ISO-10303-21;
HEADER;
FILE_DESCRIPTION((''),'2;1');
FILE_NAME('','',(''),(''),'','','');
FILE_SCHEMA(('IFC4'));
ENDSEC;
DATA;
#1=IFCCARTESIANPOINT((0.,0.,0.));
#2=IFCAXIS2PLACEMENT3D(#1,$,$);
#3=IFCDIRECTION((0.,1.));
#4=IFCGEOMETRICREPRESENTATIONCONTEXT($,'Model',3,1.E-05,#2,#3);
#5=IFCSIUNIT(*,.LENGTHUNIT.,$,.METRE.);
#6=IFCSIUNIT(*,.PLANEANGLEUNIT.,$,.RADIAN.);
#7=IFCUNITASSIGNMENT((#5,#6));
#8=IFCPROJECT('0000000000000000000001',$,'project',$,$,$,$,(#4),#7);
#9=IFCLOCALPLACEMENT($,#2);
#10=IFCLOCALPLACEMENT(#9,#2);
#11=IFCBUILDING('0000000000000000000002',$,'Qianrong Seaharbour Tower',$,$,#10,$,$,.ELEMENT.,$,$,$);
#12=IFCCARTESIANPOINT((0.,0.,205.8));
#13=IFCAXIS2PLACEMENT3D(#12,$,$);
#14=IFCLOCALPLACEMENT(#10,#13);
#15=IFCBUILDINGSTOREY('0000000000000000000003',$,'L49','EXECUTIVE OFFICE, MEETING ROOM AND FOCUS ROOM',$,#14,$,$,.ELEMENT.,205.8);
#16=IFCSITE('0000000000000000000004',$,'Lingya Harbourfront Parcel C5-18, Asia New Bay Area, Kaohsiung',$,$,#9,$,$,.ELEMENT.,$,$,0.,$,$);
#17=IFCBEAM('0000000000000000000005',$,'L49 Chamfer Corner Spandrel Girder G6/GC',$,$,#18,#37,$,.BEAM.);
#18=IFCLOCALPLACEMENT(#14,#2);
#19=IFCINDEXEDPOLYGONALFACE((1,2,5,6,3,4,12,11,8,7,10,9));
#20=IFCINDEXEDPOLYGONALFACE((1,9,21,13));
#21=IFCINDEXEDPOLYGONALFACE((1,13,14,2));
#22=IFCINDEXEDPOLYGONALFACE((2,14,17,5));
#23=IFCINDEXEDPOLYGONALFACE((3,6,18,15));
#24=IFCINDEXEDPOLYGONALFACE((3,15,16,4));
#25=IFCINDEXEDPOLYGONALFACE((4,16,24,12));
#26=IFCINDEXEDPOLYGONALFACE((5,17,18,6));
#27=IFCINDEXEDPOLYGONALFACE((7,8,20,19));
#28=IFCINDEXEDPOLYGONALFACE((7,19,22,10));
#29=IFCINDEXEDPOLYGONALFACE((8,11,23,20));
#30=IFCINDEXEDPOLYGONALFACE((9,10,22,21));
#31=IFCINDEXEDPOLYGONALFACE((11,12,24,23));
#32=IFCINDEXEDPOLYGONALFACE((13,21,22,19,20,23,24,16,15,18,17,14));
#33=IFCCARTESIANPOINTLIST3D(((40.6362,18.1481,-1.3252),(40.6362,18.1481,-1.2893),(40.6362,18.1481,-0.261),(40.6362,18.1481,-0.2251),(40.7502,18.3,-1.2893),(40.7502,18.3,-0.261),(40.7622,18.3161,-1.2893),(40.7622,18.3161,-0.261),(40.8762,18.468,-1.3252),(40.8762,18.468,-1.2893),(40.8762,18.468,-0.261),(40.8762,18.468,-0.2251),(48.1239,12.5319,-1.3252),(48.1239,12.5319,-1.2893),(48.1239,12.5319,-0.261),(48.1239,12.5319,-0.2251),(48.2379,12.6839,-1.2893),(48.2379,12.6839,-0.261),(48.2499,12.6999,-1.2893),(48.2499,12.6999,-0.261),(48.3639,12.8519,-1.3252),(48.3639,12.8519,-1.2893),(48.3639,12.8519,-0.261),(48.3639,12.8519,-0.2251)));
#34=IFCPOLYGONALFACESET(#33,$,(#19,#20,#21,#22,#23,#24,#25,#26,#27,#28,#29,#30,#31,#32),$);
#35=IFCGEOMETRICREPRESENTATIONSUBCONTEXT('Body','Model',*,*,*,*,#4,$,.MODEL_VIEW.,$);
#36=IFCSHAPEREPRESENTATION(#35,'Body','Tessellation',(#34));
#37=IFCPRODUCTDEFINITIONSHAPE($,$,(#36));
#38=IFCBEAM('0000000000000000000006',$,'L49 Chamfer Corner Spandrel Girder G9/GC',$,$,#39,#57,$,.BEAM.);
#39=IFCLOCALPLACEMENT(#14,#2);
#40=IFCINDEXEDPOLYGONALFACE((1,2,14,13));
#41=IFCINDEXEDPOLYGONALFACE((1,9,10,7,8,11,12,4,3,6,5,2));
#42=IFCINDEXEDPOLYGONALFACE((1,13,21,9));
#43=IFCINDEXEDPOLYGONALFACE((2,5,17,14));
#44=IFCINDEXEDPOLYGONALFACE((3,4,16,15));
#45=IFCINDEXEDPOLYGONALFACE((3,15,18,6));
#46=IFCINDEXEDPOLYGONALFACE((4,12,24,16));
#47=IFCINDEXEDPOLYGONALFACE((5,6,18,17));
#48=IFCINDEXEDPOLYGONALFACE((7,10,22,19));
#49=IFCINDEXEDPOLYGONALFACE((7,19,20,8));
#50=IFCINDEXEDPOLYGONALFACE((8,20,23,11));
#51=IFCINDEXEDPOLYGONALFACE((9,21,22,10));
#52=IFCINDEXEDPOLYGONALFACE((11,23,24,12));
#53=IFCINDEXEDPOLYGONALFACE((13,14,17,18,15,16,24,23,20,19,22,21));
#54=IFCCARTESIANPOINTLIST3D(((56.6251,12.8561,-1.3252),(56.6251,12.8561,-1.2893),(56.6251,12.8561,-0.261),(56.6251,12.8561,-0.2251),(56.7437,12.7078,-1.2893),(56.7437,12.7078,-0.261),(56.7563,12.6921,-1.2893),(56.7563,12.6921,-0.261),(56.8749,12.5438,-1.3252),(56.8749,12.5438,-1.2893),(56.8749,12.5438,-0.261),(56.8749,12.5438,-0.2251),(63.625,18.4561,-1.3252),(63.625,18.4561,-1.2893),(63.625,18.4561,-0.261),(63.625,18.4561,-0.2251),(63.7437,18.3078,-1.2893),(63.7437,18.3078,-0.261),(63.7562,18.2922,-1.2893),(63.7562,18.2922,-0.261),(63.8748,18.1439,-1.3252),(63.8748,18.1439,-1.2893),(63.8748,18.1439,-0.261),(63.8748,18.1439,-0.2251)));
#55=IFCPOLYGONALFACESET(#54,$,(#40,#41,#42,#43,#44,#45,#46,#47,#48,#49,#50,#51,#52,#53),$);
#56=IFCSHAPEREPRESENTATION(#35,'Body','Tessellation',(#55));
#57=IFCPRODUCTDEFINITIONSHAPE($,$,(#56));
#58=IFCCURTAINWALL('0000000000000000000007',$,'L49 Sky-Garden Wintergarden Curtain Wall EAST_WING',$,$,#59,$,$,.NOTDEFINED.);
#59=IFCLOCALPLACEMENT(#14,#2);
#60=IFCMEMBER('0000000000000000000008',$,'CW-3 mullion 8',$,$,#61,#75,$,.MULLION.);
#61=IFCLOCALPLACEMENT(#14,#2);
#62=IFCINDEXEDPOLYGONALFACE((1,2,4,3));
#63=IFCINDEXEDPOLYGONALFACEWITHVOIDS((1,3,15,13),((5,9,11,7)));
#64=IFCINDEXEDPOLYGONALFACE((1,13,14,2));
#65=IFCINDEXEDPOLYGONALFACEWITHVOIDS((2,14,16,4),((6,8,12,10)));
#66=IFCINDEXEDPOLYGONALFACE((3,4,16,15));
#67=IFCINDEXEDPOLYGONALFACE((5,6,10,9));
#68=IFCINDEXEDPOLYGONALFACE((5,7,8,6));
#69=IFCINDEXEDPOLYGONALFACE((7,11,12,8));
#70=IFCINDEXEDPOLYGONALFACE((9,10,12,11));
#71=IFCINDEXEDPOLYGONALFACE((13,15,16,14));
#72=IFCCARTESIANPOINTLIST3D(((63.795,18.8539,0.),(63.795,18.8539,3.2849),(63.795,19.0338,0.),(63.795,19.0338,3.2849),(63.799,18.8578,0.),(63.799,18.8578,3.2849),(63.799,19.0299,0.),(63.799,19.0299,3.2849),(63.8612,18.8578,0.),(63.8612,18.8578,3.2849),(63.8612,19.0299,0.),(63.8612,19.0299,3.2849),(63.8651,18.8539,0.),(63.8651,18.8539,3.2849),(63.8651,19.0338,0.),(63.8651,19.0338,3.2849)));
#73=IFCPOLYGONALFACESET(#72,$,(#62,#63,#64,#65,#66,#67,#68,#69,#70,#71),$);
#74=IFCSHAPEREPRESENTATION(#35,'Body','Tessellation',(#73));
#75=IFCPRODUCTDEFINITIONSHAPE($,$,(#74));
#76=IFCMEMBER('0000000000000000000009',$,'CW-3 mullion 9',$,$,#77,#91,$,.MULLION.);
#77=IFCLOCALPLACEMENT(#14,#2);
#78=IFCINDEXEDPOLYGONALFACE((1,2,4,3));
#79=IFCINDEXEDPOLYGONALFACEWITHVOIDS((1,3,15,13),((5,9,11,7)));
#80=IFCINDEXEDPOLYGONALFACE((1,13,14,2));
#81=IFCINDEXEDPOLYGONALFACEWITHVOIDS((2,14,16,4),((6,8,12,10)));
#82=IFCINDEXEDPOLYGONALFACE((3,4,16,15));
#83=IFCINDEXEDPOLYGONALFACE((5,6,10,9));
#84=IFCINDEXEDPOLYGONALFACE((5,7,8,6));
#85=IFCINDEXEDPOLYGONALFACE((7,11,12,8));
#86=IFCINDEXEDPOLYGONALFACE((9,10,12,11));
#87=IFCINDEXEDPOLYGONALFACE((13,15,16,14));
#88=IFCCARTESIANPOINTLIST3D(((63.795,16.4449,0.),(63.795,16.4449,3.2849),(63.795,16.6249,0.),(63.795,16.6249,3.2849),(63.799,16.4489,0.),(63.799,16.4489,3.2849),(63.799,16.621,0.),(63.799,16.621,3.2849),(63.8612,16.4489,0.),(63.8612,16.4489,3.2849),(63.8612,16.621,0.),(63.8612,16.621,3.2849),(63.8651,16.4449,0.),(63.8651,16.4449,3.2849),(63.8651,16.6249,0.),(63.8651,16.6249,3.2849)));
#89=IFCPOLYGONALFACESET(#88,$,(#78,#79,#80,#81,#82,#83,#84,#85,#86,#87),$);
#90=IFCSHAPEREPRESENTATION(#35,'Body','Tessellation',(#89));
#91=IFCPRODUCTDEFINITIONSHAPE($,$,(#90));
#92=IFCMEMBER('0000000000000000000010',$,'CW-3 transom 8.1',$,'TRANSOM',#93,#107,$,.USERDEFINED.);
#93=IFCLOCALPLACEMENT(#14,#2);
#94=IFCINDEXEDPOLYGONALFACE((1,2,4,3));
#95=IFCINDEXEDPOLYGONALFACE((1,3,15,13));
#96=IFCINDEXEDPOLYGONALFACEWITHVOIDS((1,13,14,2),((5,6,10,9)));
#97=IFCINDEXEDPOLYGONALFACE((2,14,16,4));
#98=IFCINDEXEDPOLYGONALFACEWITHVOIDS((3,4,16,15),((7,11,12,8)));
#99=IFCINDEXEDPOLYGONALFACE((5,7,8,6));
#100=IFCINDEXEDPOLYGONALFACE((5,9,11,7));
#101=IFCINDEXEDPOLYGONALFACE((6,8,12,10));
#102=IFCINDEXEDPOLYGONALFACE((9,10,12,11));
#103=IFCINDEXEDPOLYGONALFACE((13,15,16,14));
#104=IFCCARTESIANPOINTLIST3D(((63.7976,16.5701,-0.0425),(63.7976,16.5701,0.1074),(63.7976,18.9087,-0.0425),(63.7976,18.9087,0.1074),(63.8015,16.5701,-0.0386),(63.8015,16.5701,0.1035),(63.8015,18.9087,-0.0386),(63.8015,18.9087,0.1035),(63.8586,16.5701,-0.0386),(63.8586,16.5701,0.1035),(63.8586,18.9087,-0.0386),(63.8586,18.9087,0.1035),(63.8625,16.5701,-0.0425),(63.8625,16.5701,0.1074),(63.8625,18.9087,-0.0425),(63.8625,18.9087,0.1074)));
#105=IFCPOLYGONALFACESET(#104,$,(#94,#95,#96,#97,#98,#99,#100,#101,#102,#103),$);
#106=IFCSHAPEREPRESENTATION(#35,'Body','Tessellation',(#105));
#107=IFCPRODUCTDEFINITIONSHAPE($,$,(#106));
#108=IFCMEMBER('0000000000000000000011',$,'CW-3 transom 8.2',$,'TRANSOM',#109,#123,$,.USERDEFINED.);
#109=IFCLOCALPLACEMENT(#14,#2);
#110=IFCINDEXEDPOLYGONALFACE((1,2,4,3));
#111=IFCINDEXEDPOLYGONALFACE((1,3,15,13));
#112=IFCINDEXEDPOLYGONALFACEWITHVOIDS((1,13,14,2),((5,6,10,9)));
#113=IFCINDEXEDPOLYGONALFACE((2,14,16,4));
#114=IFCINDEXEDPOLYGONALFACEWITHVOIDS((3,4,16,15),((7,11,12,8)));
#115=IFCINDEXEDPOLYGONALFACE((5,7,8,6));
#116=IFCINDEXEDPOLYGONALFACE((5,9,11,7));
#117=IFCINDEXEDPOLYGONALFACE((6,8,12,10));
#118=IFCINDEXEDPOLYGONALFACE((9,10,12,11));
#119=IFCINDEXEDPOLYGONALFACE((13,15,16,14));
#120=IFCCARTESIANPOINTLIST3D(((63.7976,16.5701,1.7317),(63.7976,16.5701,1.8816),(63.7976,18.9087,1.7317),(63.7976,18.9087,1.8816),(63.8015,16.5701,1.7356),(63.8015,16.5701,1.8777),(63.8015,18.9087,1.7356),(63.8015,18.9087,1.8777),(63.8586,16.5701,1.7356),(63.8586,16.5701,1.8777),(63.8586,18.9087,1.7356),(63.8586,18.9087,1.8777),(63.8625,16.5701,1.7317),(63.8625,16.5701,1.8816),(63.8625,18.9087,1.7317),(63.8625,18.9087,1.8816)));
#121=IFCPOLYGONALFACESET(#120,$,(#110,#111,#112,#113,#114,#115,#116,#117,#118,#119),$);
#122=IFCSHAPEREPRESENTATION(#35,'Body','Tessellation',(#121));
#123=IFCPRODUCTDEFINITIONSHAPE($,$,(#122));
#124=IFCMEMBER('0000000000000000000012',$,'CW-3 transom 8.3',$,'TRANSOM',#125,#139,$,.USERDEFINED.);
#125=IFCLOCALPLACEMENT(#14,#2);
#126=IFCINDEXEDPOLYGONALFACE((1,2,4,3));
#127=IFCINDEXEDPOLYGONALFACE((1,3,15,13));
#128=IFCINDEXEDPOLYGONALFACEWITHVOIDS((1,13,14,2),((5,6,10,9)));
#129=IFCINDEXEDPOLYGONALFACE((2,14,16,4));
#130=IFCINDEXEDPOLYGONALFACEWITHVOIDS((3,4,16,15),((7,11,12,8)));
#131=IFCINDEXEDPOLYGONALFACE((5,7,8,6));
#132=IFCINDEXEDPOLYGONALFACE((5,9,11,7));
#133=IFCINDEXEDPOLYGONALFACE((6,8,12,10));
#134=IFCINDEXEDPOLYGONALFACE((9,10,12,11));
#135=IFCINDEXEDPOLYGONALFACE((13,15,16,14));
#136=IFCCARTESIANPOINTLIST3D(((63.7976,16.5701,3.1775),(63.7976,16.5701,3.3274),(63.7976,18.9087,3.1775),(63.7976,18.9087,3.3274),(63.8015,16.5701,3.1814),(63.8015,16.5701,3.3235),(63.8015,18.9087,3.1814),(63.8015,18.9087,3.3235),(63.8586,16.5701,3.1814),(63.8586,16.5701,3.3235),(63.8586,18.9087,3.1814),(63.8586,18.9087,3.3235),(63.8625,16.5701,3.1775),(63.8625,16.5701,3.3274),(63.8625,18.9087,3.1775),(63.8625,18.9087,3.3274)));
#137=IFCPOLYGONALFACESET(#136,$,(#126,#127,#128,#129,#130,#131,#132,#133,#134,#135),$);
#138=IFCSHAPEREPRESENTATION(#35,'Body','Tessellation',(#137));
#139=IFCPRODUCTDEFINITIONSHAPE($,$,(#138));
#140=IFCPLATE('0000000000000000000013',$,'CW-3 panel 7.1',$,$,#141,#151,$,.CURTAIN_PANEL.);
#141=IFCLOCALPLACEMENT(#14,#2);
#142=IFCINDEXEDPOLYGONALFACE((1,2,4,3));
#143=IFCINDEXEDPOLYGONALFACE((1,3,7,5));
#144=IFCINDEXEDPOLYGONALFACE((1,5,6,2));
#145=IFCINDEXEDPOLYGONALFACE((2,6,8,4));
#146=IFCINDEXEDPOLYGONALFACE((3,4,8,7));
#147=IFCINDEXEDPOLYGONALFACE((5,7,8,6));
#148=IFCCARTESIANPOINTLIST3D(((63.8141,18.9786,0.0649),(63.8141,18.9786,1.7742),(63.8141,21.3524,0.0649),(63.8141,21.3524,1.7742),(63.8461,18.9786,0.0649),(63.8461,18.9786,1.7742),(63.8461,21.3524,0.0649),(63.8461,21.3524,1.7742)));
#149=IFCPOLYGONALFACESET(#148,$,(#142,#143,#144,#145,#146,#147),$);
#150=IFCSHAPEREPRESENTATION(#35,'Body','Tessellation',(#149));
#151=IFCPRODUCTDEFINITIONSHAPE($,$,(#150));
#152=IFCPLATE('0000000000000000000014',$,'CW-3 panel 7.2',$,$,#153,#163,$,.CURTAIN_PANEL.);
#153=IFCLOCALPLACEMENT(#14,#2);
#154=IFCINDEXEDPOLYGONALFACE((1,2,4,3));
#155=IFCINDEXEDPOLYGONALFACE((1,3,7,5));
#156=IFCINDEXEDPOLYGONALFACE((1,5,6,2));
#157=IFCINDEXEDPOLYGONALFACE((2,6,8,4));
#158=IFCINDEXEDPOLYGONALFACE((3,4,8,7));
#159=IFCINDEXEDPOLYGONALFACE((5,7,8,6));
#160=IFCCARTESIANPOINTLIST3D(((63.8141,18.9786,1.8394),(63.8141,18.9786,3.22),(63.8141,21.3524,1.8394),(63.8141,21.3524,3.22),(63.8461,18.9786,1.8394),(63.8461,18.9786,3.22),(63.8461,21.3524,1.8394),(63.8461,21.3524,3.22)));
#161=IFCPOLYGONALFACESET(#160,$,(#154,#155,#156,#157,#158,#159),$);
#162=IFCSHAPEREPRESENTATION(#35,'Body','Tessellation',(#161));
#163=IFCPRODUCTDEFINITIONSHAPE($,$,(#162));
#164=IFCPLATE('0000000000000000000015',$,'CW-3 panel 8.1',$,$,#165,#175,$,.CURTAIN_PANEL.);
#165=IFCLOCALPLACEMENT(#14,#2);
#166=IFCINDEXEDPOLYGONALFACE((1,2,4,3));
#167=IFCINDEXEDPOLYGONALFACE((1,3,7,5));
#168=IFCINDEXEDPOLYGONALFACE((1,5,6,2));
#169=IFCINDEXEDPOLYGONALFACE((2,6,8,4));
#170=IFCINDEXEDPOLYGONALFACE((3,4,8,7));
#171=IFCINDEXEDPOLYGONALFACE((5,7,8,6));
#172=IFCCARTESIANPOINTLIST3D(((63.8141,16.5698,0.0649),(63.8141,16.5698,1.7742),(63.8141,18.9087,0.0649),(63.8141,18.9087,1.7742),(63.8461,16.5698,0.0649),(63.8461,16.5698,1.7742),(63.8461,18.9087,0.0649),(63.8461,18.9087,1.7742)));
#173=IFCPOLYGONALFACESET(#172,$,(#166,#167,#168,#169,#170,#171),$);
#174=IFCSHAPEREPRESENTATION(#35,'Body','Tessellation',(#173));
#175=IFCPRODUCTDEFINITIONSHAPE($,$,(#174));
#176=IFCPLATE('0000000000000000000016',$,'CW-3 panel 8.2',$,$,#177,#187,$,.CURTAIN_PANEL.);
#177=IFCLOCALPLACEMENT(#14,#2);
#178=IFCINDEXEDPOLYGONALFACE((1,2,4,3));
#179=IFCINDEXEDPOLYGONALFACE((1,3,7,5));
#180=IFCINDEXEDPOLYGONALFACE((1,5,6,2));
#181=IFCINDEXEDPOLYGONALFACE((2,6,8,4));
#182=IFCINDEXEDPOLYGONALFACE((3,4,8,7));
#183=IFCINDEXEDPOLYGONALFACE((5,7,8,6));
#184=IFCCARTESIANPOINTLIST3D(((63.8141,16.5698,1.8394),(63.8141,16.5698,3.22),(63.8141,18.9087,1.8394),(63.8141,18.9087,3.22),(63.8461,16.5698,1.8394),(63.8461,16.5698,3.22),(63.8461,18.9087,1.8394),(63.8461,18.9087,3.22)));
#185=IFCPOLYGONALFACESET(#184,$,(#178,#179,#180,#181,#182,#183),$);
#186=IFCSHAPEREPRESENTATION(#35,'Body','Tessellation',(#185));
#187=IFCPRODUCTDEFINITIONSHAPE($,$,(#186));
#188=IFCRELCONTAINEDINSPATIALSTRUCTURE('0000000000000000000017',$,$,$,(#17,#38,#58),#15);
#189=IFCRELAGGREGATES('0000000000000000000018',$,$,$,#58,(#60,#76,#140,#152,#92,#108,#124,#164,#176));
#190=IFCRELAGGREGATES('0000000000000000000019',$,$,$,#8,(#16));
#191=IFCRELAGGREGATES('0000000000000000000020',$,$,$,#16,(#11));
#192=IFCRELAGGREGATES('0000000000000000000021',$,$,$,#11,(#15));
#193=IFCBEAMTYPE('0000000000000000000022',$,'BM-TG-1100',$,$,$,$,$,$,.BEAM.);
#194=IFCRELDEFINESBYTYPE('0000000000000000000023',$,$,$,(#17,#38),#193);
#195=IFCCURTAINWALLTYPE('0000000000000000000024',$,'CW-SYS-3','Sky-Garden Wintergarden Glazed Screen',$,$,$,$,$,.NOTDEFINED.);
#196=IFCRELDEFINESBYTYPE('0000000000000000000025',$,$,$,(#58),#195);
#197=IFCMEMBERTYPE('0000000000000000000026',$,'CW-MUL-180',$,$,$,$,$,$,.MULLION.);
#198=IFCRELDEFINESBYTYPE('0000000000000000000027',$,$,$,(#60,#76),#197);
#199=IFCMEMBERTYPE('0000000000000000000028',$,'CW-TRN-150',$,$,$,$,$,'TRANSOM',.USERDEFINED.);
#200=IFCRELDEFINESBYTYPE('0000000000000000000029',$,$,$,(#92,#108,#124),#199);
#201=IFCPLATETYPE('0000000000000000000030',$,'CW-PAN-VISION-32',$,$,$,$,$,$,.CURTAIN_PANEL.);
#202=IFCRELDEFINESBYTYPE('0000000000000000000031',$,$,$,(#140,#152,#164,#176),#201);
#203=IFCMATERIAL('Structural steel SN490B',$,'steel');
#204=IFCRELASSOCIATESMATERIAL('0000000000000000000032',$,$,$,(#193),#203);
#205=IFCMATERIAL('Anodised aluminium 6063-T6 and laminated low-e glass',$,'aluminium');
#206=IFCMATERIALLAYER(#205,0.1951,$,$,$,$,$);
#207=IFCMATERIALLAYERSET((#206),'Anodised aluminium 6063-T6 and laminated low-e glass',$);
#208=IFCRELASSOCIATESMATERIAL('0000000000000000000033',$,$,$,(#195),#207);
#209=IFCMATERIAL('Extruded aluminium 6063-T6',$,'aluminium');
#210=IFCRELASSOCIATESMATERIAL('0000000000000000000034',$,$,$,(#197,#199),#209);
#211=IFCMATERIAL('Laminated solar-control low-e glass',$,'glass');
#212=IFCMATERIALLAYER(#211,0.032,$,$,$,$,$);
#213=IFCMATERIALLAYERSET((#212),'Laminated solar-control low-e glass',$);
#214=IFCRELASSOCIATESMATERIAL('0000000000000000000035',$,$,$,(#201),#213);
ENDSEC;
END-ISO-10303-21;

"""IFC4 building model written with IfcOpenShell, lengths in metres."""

from ifc_helpers import new_model, si_unit, direction, frame, origin, origin_2d, place, context, subcontext, project, spatial, rectangle, hollow_rectangle, i_section, extrude, material, layer, layer_set, material_profile, profile_set, type_object, element, aggregate, save


model = new_model("IFC4")

# Units and contexts
model_context = context("Model", 3, precision=1e-05, world=origin(), true_north=direction((0.0, 1.0)))
body_context = subcontext(model_context, "Body", "Model", "MODEL_VIEW")
ifc_project = project(units=[si_unit("LENGTHUNIT", "METRE"), si_unit("PLANEANGLEUNIT", "RADIAN")], contexts=[model_context])

# Site, building, storey
site_placement = place(None, origin())
site = spatial("IfcSite", under=ifc_project, at=site_placement, Name="Lingya Harbourfront Parcel C5-18, Asia New Bay Area, Kaohsiung", CompositionType="ELEMENT", RefElevation=0.0)
building_placement = place(site_placement, origin())
building = spatial("IfcBuilding", under=site, at=building_placement, Name="Qianrong Seaharbour Tower", CompositionType="ELEMENT")
storey_placement = place(building_placement, frame((0.0, 0.0, 205.8)))
storey = spatial("IfcBuildingStorey", under=building, at=storey_placement, Name="L49", Description="EXECUTIVE OFFICE, MEETING ROOM AND FOCUS ROOM", CompositionType="ELEMENT", Elevation=205.8)

# Shared definitions
ifc_material_1 = material(Name="Structural steel SN490B", Category="steel")

# Beams
ifc_material_profile_1 = material_profile(ifc_material_1, i_section(OverallWidth=0.3999, OverallDepth=1.1001, WebThickness=0.02, FlangeThickness=0.0359, at=origin_2d()), Name="BH1100x400x20x36")
ifc_profile_set_1 = profile_set([ifc_material_profile_1], Name="Structural steel SN490B")
beam_type_1 = type_object("IfcBeamType", Name="BM-TG-1100", PredefinedType="BEAM", material=ifc_profile_set_1)
beam_1_placement = place(storey_placement, frame((48.2439, 12.6919, -0.7751), z_axis=(-0.799981, 0.600025, 0.0), x_axis=(-0.600025, -0.799981, 0.0)))
element("IfcBeam", 1, at=beam_1_placement, inside=storey, type_object=beam_type_1, Name="L49 Chamfer Corner Spandrel Girder G6/GC", PredefinedType="BEAM", context=body_context, shape_type="SweptSolid", body=[
    extrude(i_section(OverallWidth=0.3999, OverallDepth=1.1001, WebThickness=0.02, FlangeThickness=0.0359, at=origin_2d()), origin(), (0.0, 0.0, 1.0), 9.3599),
])
beam_2_placement = place(storey_placement, frame((56.75, 12.7, -0.7751), z_axis=(0.780863, 0.624702, 0.0), x_axis=(-0.624702, 0.780863, 0.0)))
element("IfcBeam", 2, at=beam_2_placement, inside=storey, type_object=beam_type_1, Name="L49 Chamfer Corner Spandrel Girder G9/GC", PredefinedType="BEAM", context=body_context, shape_type="SweptSolid", body=[
    extrude(i_section(OverallWidth=0.3999, OverallDepth=1.1001, WebThickness=0.02, FlangeThickness=0.0359, at=origin_2d()), origin(), (0.0, 0.0, 1.0), 8.9644),
])

# Curtain wall, members, plates
ifc_material_2 = material(Name="Anodised aluminium 6063-T6 and laminated low-e glass", Category="aluminium")
ifc_layer_1 = layer(ifc_material_2, 0.1951)
ifc_layer_set_1 = layer_set([ifc_layer_1], Name="Anodised aluminium 6063-T6 and laminated low-e glass")
curtain_wall_type = type_object("IfcCurtainWallType", Name="CW-SYS-3", Description="Sky-Garden Wintergarden Glazed Screen", PredefinedType="NOTDEFINED", material=ifc_layer_set_1)
curtain_wall_placement = place(storey_placement, origin())
curtain_wall = element("IfcCurtainWall", 3, at=curtain_wall_placement, inside=storey, type_object=curtain_wall_type, Name="L49 Sky-Garden Wintergarden Curtain Wall EAST_WING", PredefinedType="NOTDEFINED")
ifc_material_3 = material(Name="Extruded aluminium 6063-T6", Category="aluminium")
ifc_material_profile_2 = material_profile(ifc_material_3, hollow_rectangle(XDim=0.0701, YDim=0.1799, WallThickness=0.0039, at=origin_2d()), Name="ALU-MUL-180x70x4")
ifc_profile_set_2 = profile_set([ifc_material_profile_2], Name="Extruded aluminium 6063-T6")
member_type_1 = type_object("IfcMemberType", Name="CW-MUL-180", PredefinedType="MULLION", material=ifc_profile_set_2)
member_1_placement = place(storey_placement, frame((63.8301, 18.9438, 0.0), z_axis=(0.0, 0.0, 1.0), x_axis=(1.0, 0.0, 0.0)))
member_1 = element("IfcMember", 4, at=member_1_placement, type_object=member_type_1, Name="CW-3 mullion 8", PredefinedType="MULLION", context=body_context, shape_type="SweptSolid", body=[
    extrude(hollow_rectangle(XDim=0.0701, YDim=0.1799, WallThickness=0.0039, at=origin_2d()), origin(), (0.0, 0.0, 1.0), 3.2849),
])
member_2_placement = place(storey_placement, frame((63.8301, 16.5349, 0.0), z_axis=(0.0, 0.0, 1.0), x_axis=(1.0, 0.0, 0.0)))
member_2 = element("IfcMember", 5, at=member_2_placement, type_object=member_type_1, Name="CW-3 mullion 9", PredefinedType="MULLION", context=body_context, shape_type="SweptSolid", body=[
    extrude(hollow_rectangle(XDim=0.0701, YDim=0.1799, WallThickness=0.0039, at=origin_2d()), origin(), (0.0, 0.0, 1.0), 3.2849),
])
ifc_material_profile_3 = material_profile(ifc_material_3, hollow_rectangle(XDim=0.0649, YDim=0.1499, WallThickness=0.0039, at=origin_2d()), Name="ALU-TRN-150x65x4")
ifc_profile_set_3 = profile_set([ifc_material_profile_3], Name="Extruded aluminium 6063-T6")
member_type_2 = type_object("IfcMemberType", Name="CW-TRN-150", ElementType="TRANSOM", PredefinedType="USERDEFINED", material=ifc_profile_set_3)
member_3_placement = place(storey_placement, frame((63.8301, 18.9087, 0.0325), z_axis=(0.0, -1.0, 0.0), x_axis=(1.0, 0.0, 0.0)))
member_3 = element("IfcMember", 6, at=member_3_placement, type_object=member_type_2, Name="CW-3 transom 8.1", ObjectType="TRANSOM", PredefinedType="USERDEFINED", context=body_context, shape_type="SweptSolid", body=[
    extrude(hollow_rectangle(XDim=0.0649, YDim=0.1499, WallThickness=0.0039, at=origin_2d()), origin(), (0.0, 0.0, 1.0), 2.3386),
])
member_4_placement = place(storey_placement, frame((63.8301, 18.9087, 1.8066), z_axis=(0.0, -1.0, 0.0), x_axis=(1.0, 0.0, 0.0)))
member_4 = element("IfcMember", 7, at=member_4_placement, type_object=member_type_2, Name="CW-3 transom 8.2", ObjectType="TRANSOM", PredefinedType="USERDEFINED", context=body_context, shape_type="SweptSolid", body=[
    extrude(hollow_rectangle(XDim=0.0649, YDim=0.1499, WallThickness=0.0039, at=origin_2d()), origin(), (0.0, 0.0, 1.0), 2.3386),
])
member_5_placement = place(storey_placement, frame((63.8301, 18.9087, 3.2524), z_axis=(0.0, -1.0, 0.0), x_axis=(1.0, 0.0, 0.0)))
member_5 = element("IfcMember", 8, at=member_5_placement, type_object=member_type_2, Name="CW-3 transom 8.3", ObjectType="TRANSOM", PredefinedType="USERDEFINED", context=body_context, shape_type="SweptSolid", body=[
    extrude(hollow_rectangle(XDim=0.0649, YDim=0.1499, WallThickness=0.0039, at=origin_2d()), origin(), (0.0, 0.0, 1.0), 2.3386),
])
ifc_material_4 = material(Name="Laminated solar-control low-e glass", Category="glass")
ifc_layer_2 = layer(ifc_material_4, 0.032)
ifc_layer_set_2 = layer_set([ifc_layer_2], Name="Laminated solar-control low-e glass")
plate_type = type_object("IfcPlateType", Name="CW-PAN-VISION-32", PredefinedType="CURTAIN_PANEL", material=ifc_layer_set_2)
plate_1_placement = place(storey_placement, frame((63.8301, 20.1655, 0.0649), z_axis=(0.0, 0.0, 1.0), x_axis=(0.0, -1.0, 0.0)))
plate_1 = element("IfcPlate", 9, at=plate_1_placement, type_object=plate_type, Name="CW-3 panel 7.1", PredefinedType="CURTAIN_PANEL", context=body_context, shape_type="SweptSolid", body=[
    extrude(rectangle(XDim=2.3738, YDim=0.032, at=origin_2d()), origin(), (0.0, 0.0, 1.0), 1.7092),
])
plate_2_placement = place(storey_placement, frame((63.8301, 20.1655, 1.8394), z_axis=(0.0, 0.0, 1.0), x_axis=(0.0, -1.0, 0.0)))
plate_2 = element("IfcPlate", 10, at=plate_2_placement, type_object=plate_type, Name="CW-3 panel 7.2", PredefinedType="CURTAIN_PANEL", context=body_context, shape_type="SweptSolid", body=[
    extrude(rectangle(XDim=2.3738, YDim=0.032, at=origin_2d()), origin(), (0.0, 0.0, 1.0), 1.3806),
])
plate_3_placement = place(storey_placement, frame((63.8301, 17.7393, 0.0649), z_axis=(0.0, 0.0, 1.0), x_axis=(0.0, -1.0, 0.0)))
plate_3 = element("IfcPlate", 11, at=plate_3_placement, type_object=plate_type, Name="CW-3 panel 8.1", PredefinedType="CURTAIN_PANEL", context=body_context, shape_type="SweptSolid", body=[
    extrude(rectangle(XDim=2.3389, YDim=0.032, at=origin_2d()), origin(), (0.0, 0.0, 1.0), 1.7092),
])
plate_4_placement = place(storey_placement, frame((63.8301, 17.7393, 1.8394), z_axis=(0.0, 0.0, 1.0), x_axis=(0.0, -1.0, 0.0)))
plate_4 = element("IfcPlate", 12, at=plate_4_placement, type_object=plate_type, Name="CW-3 panel 8.2", PredefinedType="CURTAIN_PANEL", context=body_context, shape_type="SweptSolid", body=[
    extrude(rectangle(XDim=2.3389, YDim=0.032, at=origin_2d()), origin(), (0.0, 0.0, 1.0), 1.3806),
])
aggregate(curtain_wall, [member_1, member_2, plate_1, plate_2, member_3, member_4, member_5, plate_3, plate_4])

save(model, "model.ifc")
